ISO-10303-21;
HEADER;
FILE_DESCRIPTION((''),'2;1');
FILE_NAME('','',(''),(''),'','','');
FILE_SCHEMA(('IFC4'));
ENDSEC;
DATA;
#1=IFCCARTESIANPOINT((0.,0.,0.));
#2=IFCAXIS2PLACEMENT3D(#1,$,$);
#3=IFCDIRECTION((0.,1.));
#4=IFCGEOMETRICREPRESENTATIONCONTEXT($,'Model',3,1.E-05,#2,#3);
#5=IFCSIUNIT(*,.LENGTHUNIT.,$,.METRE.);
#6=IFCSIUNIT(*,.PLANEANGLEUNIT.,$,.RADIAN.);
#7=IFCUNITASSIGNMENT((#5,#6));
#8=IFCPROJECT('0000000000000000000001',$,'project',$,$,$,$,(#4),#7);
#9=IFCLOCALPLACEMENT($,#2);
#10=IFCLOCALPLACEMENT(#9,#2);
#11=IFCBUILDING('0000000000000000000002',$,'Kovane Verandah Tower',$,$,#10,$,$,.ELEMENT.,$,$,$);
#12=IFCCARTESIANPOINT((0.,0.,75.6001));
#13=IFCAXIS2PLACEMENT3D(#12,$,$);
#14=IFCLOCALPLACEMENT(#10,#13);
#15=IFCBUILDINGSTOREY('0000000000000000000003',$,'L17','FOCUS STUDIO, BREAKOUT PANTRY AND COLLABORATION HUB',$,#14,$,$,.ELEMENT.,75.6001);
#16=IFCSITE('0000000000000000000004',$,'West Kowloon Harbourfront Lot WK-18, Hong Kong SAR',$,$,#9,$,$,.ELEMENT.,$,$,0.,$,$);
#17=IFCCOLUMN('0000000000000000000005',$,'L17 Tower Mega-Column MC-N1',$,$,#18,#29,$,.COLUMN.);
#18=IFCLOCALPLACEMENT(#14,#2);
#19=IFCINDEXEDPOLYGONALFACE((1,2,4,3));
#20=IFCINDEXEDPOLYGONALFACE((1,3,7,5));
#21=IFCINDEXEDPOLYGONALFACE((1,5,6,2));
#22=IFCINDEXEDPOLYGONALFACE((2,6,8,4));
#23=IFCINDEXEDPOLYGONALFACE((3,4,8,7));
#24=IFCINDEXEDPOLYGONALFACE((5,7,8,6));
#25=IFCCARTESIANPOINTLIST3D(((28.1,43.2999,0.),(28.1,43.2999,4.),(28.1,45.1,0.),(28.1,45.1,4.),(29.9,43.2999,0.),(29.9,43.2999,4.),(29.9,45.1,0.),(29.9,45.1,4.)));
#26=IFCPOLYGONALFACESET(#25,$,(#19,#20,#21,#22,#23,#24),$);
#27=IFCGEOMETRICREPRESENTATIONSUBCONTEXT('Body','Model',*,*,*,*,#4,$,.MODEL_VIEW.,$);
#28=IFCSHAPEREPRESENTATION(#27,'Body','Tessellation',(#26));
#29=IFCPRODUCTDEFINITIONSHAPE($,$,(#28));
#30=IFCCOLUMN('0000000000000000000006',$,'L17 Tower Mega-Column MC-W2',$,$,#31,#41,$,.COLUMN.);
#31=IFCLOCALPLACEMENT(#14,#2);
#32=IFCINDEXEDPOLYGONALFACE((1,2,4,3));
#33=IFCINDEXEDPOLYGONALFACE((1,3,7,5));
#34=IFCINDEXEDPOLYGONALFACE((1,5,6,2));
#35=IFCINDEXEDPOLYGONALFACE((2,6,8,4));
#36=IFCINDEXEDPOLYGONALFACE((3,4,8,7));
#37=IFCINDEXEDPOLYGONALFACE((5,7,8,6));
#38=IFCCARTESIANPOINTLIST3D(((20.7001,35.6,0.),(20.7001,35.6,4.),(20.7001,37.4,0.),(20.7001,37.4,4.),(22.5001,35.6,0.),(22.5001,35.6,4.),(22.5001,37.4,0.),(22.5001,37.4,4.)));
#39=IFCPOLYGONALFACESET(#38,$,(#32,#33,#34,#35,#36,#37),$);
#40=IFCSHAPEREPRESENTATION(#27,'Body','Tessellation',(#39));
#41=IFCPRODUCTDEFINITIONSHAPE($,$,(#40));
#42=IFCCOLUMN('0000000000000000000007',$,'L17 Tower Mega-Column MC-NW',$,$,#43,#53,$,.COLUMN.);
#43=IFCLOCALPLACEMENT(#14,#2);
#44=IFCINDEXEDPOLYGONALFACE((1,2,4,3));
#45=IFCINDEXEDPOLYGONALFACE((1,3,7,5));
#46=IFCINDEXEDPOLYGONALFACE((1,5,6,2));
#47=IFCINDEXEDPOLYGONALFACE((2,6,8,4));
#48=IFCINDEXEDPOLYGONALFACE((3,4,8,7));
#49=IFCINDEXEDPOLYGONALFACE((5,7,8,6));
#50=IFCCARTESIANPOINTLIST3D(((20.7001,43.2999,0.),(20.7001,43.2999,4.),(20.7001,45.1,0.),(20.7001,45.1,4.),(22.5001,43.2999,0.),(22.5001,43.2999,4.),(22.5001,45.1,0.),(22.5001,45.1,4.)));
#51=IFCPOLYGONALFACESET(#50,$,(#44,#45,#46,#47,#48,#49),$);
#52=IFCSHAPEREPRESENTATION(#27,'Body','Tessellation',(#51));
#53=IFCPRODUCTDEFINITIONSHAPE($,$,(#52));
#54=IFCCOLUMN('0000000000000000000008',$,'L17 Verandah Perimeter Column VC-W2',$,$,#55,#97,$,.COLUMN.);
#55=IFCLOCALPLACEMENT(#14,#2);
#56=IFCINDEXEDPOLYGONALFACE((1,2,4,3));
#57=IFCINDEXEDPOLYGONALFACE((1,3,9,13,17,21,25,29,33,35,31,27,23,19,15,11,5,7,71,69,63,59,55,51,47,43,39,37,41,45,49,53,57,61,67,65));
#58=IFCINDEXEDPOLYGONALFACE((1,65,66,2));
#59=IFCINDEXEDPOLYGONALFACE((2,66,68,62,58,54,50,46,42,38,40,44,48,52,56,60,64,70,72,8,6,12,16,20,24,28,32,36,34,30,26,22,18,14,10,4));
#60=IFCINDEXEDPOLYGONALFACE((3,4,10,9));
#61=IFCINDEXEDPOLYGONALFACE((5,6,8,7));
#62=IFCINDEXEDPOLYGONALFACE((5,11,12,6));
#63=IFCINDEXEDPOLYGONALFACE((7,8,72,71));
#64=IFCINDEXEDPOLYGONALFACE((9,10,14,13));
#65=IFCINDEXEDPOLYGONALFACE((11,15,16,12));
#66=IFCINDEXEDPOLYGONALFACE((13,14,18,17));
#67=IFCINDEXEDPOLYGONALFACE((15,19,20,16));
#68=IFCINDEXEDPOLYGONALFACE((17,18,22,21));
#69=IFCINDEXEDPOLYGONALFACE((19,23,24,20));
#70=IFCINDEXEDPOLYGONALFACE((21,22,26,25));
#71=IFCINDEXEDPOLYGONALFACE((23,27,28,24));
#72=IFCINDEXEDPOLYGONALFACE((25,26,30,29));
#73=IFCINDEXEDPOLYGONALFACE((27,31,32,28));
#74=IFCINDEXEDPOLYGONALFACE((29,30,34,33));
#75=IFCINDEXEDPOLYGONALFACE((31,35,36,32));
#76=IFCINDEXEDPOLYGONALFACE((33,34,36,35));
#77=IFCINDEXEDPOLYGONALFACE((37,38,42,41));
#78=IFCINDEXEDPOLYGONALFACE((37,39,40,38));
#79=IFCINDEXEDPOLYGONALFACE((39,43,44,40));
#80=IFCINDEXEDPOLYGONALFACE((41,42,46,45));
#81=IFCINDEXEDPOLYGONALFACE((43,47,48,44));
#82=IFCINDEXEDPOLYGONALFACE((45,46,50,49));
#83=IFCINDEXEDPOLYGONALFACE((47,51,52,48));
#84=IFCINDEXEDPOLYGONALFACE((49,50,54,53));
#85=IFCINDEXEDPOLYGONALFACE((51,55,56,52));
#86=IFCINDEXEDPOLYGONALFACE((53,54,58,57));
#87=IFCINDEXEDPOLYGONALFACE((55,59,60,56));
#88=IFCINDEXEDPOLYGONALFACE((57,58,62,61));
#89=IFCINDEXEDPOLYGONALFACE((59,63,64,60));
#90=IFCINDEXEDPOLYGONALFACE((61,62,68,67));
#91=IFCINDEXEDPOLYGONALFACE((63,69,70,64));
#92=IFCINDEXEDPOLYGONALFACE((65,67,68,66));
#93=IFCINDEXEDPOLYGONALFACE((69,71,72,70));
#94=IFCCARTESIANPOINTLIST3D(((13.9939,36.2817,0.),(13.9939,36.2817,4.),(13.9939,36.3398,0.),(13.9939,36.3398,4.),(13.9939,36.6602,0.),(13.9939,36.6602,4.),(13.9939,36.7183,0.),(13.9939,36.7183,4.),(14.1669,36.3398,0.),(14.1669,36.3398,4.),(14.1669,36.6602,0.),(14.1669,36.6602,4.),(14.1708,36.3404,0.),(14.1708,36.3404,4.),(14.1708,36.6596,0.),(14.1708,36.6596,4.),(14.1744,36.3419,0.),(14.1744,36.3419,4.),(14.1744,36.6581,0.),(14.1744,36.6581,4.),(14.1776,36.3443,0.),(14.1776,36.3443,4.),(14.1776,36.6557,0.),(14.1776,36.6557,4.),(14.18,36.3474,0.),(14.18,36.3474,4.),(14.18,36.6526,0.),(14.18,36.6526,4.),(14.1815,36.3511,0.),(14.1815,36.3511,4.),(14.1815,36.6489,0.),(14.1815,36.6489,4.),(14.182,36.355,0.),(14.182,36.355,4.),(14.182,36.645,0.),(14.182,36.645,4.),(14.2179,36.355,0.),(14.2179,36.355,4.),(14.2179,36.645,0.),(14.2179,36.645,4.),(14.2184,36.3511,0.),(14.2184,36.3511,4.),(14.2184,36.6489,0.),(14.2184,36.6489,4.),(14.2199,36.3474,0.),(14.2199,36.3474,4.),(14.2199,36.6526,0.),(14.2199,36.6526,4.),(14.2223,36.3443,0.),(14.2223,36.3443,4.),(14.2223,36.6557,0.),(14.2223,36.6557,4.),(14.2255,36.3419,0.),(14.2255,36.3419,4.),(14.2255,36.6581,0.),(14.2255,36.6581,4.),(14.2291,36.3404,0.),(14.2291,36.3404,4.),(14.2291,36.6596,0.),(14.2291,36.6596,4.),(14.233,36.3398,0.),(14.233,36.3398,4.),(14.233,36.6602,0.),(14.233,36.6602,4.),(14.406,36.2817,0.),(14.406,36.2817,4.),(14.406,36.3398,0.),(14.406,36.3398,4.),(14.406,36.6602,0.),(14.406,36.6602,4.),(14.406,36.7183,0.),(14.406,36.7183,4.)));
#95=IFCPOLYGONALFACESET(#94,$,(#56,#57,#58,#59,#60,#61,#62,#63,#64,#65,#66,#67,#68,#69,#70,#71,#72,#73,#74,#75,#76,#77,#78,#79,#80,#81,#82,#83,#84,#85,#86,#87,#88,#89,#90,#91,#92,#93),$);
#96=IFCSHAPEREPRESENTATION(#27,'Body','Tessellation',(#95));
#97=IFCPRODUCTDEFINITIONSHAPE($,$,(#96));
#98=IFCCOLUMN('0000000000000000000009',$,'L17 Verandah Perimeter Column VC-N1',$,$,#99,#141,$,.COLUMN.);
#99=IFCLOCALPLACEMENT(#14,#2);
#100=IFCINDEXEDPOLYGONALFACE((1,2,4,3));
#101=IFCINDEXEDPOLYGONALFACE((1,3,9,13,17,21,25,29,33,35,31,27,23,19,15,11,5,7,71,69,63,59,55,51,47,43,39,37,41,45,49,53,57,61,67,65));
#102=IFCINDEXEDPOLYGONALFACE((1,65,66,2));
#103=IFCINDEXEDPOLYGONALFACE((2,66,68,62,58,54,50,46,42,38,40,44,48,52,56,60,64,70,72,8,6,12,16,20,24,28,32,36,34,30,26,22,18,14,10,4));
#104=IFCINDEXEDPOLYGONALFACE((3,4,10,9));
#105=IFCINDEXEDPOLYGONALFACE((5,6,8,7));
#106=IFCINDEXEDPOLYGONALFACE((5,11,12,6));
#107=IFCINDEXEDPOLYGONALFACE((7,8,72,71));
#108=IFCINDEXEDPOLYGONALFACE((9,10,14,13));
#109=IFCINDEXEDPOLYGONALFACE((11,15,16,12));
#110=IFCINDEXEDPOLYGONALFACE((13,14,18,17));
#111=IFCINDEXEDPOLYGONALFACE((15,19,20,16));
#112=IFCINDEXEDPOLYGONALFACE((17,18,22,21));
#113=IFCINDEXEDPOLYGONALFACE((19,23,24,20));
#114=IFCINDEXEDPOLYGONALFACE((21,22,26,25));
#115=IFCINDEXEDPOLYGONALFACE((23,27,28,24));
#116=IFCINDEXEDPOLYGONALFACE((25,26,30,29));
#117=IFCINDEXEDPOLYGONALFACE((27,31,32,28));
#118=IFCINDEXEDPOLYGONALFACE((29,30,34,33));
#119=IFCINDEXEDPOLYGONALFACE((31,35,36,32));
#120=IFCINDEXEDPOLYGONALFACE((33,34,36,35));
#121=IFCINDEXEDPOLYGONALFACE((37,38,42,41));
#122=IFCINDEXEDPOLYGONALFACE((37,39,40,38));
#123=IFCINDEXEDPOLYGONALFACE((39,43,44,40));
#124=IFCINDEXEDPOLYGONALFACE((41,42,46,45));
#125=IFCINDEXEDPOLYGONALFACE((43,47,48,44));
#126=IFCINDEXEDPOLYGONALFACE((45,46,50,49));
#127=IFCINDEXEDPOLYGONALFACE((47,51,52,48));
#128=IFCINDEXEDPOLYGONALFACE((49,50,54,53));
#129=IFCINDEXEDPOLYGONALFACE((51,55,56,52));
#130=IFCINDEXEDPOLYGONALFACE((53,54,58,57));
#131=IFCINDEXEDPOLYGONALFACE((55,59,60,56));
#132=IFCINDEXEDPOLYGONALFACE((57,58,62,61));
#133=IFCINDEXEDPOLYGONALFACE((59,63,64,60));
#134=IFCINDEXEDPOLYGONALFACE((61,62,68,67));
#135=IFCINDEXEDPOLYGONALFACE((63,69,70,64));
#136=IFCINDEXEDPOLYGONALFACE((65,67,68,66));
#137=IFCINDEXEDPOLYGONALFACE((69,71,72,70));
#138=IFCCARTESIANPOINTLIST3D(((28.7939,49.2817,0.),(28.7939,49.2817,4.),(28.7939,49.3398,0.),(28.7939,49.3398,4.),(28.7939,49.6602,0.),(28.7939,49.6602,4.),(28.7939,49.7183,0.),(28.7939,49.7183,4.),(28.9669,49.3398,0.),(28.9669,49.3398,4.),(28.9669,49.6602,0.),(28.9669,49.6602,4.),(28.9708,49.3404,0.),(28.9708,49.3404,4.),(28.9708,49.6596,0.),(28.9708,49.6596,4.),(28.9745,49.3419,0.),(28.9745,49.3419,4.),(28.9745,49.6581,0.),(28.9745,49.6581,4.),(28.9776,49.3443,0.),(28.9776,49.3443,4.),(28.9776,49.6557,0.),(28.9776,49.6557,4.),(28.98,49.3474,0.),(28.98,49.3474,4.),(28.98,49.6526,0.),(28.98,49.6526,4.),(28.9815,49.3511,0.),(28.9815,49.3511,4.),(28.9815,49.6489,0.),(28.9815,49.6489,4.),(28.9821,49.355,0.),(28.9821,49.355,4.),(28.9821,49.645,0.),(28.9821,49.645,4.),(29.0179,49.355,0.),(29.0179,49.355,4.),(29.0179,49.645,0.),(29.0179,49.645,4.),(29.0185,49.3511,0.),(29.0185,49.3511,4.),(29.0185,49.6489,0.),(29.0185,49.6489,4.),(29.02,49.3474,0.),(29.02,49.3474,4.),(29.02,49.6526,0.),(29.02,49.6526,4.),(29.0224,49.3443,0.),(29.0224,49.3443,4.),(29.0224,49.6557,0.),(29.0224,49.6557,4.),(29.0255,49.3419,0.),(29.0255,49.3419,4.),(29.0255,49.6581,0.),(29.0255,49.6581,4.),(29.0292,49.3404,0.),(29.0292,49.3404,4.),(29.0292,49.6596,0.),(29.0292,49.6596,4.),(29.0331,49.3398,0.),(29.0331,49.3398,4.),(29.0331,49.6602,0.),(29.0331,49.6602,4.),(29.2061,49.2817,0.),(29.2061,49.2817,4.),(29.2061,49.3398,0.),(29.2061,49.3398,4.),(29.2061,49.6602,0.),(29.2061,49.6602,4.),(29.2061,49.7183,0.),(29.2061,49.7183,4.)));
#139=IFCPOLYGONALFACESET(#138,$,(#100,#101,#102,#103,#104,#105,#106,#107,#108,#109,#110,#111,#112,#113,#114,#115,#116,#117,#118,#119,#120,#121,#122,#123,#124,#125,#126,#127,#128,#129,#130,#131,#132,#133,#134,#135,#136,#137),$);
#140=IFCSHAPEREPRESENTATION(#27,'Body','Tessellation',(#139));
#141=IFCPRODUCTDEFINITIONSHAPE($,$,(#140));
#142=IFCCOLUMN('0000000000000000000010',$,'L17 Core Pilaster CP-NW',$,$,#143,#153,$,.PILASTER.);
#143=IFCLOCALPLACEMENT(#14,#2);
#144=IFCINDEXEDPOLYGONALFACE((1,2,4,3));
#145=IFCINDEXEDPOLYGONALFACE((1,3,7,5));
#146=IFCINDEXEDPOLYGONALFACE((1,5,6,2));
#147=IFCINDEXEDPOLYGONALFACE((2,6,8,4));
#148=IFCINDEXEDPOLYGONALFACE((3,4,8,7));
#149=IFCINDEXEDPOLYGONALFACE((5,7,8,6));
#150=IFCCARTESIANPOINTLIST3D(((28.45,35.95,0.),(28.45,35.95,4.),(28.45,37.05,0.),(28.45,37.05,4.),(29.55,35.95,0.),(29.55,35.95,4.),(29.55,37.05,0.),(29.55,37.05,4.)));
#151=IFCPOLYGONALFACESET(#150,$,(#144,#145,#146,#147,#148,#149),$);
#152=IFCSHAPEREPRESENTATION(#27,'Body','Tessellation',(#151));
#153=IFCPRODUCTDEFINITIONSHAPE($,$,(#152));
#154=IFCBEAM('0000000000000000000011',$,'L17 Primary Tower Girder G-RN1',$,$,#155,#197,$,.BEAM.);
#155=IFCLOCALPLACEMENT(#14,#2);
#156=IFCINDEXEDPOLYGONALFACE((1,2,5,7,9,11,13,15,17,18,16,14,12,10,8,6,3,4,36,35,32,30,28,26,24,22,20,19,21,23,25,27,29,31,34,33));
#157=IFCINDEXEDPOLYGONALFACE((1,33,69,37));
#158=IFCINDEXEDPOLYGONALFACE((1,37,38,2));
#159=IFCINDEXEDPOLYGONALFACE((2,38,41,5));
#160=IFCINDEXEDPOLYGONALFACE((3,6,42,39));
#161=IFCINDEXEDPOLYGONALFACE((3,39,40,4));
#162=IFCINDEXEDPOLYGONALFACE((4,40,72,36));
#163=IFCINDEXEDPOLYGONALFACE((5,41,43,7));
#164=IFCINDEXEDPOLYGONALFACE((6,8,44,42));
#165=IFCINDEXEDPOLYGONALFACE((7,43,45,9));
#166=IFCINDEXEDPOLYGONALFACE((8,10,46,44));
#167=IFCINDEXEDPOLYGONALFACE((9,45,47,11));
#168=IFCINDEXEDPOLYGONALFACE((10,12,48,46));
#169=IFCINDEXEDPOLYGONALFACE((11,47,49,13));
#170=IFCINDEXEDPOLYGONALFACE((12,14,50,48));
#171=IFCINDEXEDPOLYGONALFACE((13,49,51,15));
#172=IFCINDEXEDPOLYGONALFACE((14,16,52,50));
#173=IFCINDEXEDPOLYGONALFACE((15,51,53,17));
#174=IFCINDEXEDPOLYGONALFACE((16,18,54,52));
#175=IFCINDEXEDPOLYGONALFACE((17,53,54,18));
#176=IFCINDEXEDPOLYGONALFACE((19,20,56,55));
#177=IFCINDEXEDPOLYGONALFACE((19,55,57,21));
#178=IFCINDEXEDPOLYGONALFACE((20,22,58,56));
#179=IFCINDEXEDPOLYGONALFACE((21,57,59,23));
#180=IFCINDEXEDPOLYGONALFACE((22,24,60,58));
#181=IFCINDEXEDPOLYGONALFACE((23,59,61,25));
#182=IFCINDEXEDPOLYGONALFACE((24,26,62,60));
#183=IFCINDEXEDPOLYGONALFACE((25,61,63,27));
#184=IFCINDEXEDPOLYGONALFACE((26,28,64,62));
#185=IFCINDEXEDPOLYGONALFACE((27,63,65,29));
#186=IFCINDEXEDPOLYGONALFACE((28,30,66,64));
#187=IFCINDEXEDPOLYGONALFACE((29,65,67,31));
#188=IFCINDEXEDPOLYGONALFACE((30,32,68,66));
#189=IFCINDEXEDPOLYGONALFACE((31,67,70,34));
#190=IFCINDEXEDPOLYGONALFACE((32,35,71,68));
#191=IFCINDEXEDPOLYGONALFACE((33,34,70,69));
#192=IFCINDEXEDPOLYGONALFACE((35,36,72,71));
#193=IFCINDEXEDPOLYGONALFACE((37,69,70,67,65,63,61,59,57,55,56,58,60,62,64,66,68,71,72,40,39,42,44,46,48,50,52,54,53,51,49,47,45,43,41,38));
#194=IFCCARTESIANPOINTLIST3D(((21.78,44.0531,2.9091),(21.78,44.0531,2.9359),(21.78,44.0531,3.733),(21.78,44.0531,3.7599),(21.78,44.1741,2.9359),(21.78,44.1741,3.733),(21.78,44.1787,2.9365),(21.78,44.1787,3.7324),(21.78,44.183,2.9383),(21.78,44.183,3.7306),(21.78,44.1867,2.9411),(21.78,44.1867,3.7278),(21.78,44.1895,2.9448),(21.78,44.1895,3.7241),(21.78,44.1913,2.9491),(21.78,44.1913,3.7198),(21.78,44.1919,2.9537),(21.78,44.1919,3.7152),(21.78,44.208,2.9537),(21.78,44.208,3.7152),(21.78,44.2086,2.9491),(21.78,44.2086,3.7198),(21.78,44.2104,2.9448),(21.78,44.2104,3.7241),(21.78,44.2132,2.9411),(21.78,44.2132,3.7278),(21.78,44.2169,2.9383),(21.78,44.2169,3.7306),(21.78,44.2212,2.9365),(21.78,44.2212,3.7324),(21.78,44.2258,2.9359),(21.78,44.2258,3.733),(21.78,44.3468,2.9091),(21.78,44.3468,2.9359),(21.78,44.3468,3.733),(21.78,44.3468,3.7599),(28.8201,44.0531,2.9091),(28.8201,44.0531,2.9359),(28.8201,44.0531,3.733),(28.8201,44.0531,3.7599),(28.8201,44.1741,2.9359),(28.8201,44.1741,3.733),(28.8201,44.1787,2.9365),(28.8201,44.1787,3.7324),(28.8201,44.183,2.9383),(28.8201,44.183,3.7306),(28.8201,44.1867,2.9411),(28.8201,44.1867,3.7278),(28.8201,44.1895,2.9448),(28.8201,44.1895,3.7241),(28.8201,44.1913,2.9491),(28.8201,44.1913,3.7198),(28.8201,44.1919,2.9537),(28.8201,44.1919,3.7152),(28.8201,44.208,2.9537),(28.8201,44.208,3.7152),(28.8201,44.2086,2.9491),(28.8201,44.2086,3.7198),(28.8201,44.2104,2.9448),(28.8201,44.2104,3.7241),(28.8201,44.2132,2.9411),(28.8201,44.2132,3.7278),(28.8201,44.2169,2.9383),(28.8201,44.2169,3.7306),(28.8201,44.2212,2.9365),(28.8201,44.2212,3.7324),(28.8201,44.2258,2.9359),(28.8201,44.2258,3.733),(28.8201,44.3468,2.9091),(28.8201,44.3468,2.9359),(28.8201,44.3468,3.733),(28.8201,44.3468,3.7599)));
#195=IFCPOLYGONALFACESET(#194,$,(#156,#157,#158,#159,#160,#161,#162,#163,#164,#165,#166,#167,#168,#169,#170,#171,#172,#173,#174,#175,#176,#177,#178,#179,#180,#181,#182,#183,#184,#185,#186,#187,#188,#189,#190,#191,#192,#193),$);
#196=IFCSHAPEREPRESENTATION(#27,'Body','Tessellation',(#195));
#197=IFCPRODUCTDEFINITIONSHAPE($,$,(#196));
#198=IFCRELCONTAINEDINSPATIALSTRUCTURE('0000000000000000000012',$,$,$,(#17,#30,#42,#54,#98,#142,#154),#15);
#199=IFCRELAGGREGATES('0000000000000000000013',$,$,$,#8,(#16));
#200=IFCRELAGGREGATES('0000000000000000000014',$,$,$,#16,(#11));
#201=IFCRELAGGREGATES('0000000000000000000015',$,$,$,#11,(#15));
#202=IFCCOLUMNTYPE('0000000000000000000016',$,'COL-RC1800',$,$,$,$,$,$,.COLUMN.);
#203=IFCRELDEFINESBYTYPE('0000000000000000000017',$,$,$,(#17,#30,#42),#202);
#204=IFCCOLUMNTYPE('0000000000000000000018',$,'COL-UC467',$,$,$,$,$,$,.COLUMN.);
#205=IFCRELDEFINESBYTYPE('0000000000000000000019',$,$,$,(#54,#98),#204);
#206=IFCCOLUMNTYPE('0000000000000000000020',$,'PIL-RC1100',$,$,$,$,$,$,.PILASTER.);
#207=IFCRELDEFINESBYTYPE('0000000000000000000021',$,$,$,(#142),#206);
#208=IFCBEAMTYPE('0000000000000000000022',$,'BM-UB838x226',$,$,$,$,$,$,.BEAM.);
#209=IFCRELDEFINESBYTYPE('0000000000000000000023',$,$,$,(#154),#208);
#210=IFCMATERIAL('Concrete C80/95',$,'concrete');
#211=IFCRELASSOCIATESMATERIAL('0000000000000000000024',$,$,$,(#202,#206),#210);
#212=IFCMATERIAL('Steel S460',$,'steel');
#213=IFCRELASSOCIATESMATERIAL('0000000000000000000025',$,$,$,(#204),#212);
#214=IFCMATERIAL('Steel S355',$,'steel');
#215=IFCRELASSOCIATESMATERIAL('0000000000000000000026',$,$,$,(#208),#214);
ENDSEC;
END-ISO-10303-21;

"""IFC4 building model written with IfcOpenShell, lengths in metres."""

from ifc_helpers import new_model, si_unit, direction, frame, origin, origin_2d, place, context, subcontext, project, spatial, rectangle, i_section, extrude, material, material_profile, profile_set, type_object, element, save


model = new_model("IFC4")

# Units and contexts
model_context = context("Model", 3, precision=1e-05, world=origin(), true_north=direction((0.0, 1.0)))
body_context = subcontext(model_context, "Body", "Model", "MODEL_VIEW")
ifc_project = project(units=[si_unit("LENGTHUNIT", "METRE"), si_unit("PLANEANGLEUNIT", "RADIAN")], contexts=[model_context])

# Site, building, storey
site_placement = place(None, origin())
site = spatial("IfcSite", under=ifc_project, at=site_placement, Name="West Kowloon Harbourfront Lot WK-18, Hong Kong SAR", CompositionType="ELEMENT", RefElevation=0.0)
building_placement = place(site_placement, origin())
building = spatial("IfcBuilding", under=site, at=building_placement, Name="Kovane Verandah Tower", CompositionType="ELEMENT")
storey_placement = place(building_placement, frame((0.0, 0.0, 75.6001)))
storey = spatial("IfcBuildingStorey", under=building, at=storey_placement, Name="L17", Description="FOCUS STUDIO, BREAKOUT PANTRY AND COLLABORATION HUB", CompositionType="ELEMENT", Elevation=75.6001)

# Columns
ifc_material_1 = material(Name="Concrete C80/95", Category="concrete")
ifc_material_profile_1 = material_profile(ifc_material_1, rectangle(XDim=1.8, YDim=1.8, at=origin_2d()), Name="RC1800x1800")
ifc_profile_set_1 = profile_set([ifc_material_profile_1], Name="Concrete C80/95")
column_type_1 = type_object("IfcColumnType", Name="COL-RC1800", PredefinedType="COLUMN", material=ifc_profile_set_1)
for number, where, z_axis, x_axis, name in (
    (1, (29.0, 44.2, 0.0), (0.0, 0.0, 1.0), (1.0, 0.0, 0.0), "L17 Tower Mega-Column MC-N1"),
    (2, (21.6001, 36.5, 0.0), (0.0, 0.0, 1.0), (1.0, 0.0, 0.0), "L17 Tower Mega-Column MC-W2"),
    (3, (21.6001, 44.2, 0.0), (0.0, 0.0, 1.0), (1.0, 0.0, 0.0), "L17 Tower Mega-Column MC-NW"),
):
    element("IfcColumn", number, at=place(storey_placement, frame(where, z_axis=z_axis, x_axis=x_axis)), inside=storey, type_object=column_type_1, Name=name, PredefinedType="COLUMN", context=body_context, shape_type="SweptSolid", body=[
        extrude(rectangle(XDim=1.8, YDim=1.8, at=origin_2d()), origin(), (0.0, 0.0, 1.0), 4.0),
    ])
ifc_material_2 = material(Name="Steel S460", Category="steel")
ifc_material_profile_2 = material_profile(ifc_material_2, i_section(OverallWidth=0.4121, OverallDepth=0.4365, WebThickness=0.0359, FlangeThickness=0.0581, FilletRadius=0.0151, at=origin_2d()), Name="UC356x406x467")
ifc_profile_set_2 = profile_set([ifc_material_profile_2], Name="Steel S460")
column_type_2 = type_object("IfcColumnType", Name="COL-UC467", PredefinedType="COLUMN", material=ifc_profile_set_2)
for number, where, z_axis, x_axis, name in (
    (4, (14.2, 36.5, 0.0), (0.0, 0.0, 1.0), (1.0, 0.0, 0.0), "L17 Verandah Perimeter Column VC-W2"),
    (5, (29.0, 49.5, 0.0), (0.0, 0.0, 1.0), (1.0, 0.0, 0.0), "L17 Verandah Perimeter Column VC-N1"),
):
    element("IfcColumn", number, at=place(storey_placement, frame(where, z_axis=z_axis, x_axis=x_axis)), inside=storey, type_object=column_type_2, Name=name, PredefinedType="COLUMN", context=body_context, shape_type="SweptSolid", body=[
        extrude(i_section(OverallWidth=0.4121, OverallDepth=0.4365, WebThickness=0.0359, FlangeThickness=0.0581, FilletRadius=0.0151, at=origin_2d()), origin(), (0.0, 0.0, 1.0), 4.0),
    ])
ifc_material_profile_3 = material_profile(ifc_material_1, rectangle(XDim=1.1001, YDim=1.1001, at=origin_2d()), Name="RC1100x1100")
ifc_profile_set_3 = profile_set([ifc_material_profile_3], Name="Concrete C80/95")
column_type_3 = type_object("IfcColumnType", Name="PIL-RC1100", PredefinedType="PILASTER", material=ifc_profile_set_3)
column_placement = place(storey_placement, frame((29.0, 36.5, 0.0), z_axis=(0.0, 0.0, 1.0), x_axis=(1.0, 0.0, 0.0)))
element("IfcColumn", 6, at=column_placement, inside=storey, type_object=column_type_3, Name="L17 Core Pilaster CP-NW", PredefinedType="PILASTER", context=body_context, shape_type="SweptSolid", body=[
    extrude(rectangle(XDim=1.1001, YDim=1.1001, at=origin_2d()), origin(), (0.0, 0.0, 1.0), 4.0),
])

# Beam
ifc_material_3 = material(Name="Steel S355", Category="steel")
ifc_material_profile_4 = material_profile(ifc_material_3, i_section(OverallWidth=0.2937, OverallDepth=0.8508, WebThickness=0.0161, FlangeThickness=0.0269, FilletRadius=0.0178, at=origin_2d()), Name="UB838x292x226")
ifc_profile_set_4 = profile_set([ifc_material_profile_4], Name="Steel S355")
beam_type_1 = type_object("IfcBeamType", Name="BM-UB838x226", PredefinedType="BEAM", material=ifc_profile_set_4)
beam_1_placement = place(storey_placement, frame((21.78, 44.2, 3.3345), z_axis=(1.0, 0.0, 0.0), x_axis=(0.0, 1.0, 0.0)))
element("IfcBeam", 7, at=beam_1_placement, inside=storey, type_object=beam_type_1, Name="L17 Primary Tower Girder G-RN1", PredefinedType="BEAM", context=body_context, shape_type="SweptSolid", body=[
    extrude(i_section(OverallWidth=0.2937, OverallDepth=0.8508, WebThickness=0.0161, FlangeThickness=0.0269, FilletRadius=0.0178, at=origin_2d()), origin(), (0.0, 0.0, 1.0), 7.04),
])

save(model, "model.ifc")
